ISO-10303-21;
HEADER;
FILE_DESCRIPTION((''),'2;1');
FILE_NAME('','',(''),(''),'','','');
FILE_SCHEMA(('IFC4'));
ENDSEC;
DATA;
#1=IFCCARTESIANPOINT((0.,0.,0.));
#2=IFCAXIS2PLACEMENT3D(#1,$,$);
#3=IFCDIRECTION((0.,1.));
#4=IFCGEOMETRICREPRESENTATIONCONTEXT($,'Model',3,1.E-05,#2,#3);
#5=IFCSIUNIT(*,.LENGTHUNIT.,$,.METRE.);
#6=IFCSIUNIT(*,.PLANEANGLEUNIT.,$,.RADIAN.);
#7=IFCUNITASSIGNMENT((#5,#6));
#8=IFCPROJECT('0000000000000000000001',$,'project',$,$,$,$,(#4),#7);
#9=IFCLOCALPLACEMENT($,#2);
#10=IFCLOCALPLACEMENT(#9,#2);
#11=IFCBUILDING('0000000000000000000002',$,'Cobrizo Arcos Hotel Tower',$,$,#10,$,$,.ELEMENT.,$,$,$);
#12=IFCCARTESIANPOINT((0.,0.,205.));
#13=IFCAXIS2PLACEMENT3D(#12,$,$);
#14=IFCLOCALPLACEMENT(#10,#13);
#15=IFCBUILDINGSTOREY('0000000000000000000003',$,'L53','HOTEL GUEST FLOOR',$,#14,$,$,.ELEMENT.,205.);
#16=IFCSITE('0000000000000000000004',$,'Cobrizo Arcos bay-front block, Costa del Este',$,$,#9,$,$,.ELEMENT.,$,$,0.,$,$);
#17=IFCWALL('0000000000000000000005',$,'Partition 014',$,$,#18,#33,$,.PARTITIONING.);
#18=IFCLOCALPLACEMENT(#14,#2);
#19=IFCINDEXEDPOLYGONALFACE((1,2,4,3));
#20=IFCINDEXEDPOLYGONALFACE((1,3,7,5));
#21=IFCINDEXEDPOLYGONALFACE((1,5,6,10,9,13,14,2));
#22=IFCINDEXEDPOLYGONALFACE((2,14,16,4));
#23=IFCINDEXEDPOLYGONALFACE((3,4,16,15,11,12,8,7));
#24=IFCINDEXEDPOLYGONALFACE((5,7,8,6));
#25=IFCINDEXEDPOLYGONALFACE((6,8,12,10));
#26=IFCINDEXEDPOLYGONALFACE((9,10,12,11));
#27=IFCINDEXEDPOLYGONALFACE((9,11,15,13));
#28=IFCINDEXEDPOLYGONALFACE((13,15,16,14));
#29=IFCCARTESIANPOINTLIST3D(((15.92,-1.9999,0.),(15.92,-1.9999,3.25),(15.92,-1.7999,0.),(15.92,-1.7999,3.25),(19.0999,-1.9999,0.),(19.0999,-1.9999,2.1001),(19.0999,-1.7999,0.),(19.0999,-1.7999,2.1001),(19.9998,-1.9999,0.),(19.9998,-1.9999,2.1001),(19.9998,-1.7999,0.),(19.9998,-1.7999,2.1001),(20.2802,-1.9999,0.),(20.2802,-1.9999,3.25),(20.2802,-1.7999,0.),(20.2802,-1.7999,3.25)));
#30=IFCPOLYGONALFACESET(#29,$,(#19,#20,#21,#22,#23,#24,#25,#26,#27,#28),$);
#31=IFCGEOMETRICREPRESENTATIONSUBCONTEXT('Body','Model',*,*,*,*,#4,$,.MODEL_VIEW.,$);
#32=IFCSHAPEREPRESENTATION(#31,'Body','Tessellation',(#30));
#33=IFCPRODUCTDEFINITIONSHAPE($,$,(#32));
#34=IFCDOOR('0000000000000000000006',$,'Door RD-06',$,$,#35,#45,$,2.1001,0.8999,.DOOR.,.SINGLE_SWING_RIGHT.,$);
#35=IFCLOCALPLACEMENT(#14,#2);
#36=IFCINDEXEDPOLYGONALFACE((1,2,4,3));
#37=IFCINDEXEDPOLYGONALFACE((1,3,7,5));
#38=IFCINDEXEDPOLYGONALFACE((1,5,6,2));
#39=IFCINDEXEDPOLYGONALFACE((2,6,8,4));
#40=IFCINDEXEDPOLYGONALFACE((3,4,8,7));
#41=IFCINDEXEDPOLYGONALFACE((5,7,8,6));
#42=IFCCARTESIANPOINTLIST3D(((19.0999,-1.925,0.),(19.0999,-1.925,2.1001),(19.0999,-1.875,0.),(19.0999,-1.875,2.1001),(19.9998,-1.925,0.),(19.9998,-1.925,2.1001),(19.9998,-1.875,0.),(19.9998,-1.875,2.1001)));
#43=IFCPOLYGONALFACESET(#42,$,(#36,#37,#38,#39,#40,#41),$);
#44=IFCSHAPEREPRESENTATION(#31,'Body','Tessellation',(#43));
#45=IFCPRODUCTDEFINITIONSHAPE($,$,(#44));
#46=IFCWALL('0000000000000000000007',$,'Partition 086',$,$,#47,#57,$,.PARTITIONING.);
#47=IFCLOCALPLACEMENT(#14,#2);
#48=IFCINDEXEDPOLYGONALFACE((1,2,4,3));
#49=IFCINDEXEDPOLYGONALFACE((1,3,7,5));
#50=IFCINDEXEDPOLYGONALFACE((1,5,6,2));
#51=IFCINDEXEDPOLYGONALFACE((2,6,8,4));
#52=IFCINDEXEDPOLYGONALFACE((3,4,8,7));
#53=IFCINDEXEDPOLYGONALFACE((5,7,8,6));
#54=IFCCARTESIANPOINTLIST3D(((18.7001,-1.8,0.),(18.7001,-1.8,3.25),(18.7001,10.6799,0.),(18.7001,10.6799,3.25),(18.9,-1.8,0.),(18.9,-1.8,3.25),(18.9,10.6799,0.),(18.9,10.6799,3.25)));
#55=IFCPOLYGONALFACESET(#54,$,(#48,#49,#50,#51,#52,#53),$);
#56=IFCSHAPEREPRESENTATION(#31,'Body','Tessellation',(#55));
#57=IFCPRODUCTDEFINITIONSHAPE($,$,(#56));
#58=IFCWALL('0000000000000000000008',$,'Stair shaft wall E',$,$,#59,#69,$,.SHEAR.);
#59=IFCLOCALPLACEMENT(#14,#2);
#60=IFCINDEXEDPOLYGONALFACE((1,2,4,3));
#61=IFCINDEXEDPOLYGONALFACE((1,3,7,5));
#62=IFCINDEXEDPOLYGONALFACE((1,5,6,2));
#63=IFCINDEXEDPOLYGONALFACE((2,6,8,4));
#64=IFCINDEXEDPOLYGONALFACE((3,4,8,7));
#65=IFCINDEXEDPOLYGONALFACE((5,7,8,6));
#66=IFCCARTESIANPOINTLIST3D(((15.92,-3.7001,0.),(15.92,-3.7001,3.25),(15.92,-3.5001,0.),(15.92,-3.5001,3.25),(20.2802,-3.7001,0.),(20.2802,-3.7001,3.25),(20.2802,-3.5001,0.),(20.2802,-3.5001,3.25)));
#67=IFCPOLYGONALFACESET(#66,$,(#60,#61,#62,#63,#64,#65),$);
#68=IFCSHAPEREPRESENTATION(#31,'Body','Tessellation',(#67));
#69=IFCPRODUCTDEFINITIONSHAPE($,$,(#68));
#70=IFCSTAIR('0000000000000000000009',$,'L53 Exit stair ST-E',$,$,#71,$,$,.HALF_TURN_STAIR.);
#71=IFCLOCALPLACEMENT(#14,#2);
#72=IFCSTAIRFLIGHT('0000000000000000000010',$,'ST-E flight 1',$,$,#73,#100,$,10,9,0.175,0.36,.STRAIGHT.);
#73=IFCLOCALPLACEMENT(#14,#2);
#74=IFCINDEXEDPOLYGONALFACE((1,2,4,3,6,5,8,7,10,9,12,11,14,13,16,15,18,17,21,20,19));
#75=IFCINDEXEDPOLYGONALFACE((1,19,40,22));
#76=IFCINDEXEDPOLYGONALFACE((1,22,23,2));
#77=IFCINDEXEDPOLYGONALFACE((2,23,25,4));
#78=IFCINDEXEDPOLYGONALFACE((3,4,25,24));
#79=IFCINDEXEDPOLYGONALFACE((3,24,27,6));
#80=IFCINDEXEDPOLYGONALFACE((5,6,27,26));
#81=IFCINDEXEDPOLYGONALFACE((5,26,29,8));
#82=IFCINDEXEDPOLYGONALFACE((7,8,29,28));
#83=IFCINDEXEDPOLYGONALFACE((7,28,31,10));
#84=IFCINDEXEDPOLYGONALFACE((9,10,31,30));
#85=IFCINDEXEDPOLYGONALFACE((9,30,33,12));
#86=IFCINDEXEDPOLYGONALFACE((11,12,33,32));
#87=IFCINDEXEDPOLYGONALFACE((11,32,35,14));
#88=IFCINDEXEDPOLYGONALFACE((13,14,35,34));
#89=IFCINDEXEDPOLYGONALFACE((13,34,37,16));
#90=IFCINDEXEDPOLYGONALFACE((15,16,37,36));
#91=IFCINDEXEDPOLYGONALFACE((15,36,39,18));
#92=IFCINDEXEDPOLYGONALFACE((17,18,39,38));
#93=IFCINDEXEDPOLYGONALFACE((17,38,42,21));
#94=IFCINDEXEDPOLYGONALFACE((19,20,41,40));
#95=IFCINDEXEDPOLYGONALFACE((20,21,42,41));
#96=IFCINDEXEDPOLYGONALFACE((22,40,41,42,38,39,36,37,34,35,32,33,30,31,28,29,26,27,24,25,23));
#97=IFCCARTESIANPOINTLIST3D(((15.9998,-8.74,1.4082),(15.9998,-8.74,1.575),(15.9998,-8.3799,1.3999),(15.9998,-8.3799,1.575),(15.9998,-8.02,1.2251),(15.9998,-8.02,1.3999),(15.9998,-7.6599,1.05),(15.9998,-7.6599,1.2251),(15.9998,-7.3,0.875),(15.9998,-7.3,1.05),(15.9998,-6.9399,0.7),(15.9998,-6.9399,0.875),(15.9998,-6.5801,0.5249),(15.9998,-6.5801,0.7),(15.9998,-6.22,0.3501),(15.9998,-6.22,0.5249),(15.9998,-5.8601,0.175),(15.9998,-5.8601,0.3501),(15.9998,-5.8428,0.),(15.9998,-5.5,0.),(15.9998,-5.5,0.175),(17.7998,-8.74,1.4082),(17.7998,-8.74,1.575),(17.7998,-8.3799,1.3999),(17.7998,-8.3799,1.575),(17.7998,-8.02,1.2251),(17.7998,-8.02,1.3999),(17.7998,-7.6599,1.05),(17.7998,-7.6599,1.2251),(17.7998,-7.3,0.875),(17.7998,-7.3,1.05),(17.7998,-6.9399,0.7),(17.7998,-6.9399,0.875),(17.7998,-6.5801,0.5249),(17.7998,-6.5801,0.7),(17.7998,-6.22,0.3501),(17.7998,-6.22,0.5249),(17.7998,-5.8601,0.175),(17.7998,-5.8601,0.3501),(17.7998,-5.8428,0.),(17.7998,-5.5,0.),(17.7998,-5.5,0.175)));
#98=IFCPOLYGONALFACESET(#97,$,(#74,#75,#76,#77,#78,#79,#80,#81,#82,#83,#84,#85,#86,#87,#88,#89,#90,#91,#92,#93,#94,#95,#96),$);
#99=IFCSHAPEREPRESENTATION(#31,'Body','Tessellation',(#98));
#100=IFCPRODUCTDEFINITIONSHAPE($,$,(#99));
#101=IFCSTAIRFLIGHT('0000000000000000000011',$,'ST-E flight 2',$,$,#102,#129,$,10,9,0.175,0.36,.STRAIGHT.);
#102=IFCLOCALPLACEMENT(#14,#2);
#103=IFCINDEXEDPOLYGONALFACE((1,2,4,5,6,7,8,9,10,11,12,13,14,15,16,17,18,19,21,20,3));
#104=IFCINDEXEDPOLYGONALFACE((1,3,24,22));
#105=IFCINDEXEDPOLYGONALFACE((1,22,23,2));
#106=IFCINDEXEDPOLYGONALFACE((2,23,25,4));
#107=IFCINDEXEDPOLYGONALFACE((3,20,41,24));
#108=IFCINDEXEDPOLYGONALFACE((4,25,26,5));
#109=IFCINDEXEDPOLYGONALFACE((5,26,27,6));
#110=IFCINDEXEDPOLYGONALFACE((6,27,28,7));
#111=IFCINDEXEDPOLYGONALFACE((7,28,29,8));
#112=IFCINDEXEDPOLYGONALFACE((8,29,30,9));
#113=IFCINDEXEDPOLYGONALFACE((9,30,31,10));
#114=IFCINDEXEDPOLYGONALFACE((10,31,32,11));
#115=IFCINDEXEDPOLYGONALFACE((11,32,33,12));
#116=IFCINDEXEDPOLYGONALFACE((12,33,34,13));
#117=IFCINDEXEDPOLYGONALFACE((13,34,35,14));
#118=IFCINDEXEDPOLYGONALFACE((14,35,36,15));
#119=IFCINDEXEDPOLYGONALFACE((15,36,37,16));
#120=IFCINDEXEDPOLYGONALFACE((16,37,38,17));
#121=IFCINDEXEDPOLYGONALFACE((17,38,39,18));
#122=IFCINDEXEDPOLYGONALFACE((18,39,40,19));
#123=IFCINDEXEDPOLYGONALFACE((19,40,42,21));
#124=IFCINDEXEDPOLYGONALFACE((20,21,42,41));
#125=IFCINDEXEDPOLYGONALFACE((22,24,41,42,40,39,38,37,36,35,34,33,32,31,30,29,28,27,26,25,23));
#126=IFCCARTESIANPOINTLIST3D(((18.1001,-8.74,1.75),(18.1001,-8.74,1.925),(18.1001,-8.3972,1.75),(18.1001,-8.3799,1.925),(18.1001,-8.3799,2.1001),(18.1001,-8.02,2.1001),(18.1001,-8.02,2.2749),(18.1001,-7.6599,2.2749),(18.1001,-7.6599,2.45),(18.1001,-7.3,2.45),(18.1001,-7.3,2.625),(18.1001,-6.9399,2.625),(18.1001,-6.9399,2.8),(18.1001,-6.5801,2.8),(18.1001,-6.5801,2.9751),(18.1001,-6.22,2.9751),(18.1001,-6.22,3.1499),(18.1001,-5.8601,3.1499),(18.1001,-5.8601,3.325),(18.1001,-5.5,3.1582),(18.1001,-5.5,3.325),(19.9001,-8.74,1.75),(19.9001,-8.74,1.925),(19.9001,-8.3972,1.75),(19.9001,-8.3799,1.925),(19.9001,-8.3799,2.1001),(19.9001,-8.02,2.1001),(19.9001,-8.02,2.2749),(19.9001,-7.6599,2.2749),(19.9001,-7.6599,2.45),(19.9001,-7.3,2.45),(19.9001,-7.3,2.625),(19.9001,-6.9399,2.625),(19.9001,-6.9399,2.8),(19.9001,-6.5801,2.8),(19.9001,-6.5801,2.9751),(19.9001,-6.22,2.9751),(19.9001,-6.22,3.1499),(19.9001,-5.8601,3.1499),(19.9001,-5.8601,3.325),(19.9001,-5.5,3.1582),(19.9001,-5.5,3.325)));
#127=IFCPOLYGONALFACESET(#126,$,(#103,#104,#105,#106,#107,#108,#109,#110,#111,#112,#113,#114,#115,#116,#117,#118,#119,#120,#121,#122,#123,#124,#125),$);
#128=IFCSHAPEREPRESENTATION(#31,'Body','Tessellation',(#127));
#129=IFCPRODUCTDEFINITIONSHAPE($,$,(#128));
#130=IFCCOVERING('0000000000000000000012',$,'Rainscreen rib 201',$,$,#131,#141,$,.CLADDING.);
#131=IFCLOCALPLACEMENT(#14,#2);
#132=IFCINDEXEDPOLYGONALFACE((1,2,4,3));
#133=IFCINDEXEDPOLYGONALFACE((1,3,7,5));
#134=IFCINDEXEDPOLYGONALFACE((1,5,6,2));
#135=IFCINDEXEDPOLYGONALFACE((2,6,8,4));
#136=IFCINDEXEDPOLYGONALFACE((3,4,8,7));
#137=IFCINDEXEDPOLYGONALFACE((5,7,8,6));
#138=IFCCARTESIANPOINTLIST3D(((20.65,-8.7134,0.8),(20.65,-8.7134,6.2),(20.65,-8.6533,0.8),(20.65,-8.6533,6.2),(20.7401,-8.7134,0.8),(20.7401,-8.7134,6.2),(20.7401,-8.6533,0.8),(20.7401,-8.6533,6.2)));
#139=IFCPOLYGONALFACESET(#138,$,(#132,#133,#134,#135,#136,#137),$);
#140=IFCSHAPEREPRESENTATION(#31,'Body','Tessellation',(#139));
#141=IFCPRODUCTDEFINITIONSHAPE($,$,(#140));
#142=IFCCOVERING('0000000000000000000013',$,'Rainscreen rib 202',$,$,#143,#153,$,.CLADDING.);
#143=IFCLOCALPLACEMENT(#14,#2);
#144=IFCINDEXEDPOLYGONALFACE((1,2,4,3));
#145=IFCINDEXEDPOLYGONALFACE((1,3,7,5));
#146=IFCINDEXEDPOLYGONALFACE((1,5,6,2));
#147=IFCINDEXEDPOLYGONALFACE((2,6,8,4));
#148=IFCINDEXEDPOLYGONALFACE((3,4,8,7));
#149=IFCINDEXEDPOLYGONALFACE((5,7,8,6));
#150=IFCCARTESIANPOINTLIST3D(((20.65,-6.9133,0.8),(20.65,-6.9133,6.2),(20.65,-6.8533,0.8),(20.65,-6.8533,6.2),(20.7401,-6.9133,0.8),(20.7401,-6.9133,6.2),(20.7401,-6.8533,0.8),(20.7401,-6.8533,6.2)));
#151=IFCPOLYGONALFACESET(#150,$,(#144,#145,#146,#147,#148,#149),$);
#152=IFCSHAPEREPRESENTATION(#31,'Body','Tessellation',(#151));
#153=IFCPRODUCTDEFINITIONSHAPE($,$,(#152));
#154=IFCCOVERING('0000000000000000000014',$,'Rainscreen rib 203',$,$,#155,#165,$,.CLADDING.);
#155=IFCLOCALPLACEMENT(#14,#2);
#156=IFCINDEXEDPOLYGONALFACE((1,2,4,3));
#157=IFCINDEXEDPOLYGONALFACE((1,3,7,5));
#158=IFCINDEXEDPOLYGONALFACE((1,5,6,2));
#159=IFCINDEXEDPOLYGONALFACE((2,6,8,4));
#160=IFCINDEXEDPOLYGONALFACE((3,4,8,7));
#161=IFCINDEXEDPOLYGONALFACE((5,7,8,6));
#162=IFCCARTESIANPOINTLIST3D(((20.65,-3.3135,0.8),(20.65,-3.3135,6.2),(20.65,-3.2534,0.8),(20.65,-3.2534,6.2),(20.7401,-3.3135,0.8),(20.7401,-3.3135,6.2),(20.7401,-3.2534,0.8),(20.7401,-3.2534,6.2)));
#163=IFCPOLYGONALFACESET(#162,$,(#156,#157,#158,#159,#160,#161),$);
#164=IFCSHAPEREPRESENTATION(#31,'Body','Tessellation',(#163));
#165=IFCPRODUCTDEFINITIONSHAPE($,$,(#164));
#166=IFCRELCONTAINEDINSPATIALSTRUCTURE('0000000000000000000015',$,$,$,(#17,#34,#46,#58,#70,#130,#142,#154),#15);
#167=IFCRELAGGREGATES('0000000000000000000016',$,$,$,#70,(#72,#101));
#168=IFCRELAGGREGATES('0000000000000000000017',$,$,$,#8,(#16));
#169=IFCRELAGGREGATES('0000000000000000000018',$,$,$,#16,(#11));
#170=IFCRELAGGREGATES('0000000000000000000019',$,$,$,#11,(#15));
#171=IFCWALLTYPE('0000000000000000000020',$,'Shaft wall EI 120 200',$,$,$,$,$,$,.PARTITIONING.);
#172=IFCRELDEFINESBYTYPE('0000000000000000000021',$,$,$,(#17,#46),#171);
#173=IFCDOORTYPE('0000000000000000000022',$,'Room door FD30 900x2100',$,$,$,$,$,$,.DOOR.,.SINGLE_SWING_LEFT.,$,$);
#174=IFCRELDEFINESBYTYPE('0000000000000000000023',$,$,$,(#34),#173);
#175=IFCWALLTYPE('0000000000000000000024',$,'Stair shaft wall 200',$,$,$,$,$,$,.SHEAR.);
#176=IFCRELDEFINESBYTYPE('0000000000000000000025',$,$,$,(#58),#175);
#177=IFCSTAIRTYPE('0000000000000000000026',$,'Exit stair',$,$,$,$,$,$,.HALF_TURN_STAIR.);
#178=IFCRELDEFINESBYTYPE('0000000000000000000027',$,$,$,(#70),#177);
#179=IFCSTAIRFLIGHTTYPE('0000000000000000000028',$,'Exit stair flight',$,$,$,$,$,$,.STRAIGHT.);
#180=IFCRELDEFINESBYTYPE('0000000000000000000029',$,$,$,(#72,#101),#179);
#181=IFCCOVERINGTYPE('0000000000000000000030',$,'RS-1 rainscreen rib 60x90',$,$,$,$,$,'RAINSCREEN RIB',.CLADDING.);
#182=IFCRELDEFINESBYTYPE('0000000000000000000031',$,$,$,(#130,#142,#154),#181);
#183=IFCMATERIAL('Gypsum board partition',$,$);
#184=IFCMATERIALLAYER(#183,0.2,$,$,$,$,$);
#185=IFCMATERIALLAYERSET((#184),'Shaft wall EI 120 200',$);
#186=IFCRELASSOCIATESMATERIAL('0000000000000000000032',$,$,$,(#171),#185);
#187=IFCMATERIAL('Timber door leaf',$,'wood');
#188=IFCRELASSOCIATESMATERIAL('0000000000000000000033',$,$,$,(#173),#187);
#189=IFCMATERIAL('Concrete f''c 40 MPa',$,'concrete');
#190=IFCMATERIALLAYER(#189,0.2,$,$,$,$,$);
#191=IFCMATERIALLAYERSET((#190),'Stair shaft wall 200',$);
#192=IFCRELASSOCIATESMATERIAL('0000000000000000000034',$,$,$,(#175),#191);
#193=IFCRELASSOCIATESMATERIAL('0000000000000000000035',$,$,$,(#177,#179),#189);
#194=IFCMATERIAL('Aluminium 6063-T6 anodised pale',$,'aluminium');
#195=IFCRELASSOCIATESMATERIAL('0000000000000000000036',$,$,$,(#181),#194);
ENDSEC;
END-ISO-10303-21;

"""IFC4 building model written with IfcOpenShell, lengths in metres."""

from ifc_helpers import new_model, si_unit, direction, frame, frame_2d, origin, origin_2d, place, context, subcontext, project, spatial, polyline, rectangle, outline, extrude, material, layer, layer_set, type_object, element, fill, aggregate, save


model = new_model("IFC4")

# Units and contexts
model_context = context("Model", 3, precision=1e-05, world=origin(), true_north=direction((0.0, 1.0)))
body_context = subcontext(model_context, "Body", "Model", "MODEL_VIEW")
ifc_project = project(units=[si_unit("LENGTHUNIT", "METRE"), si_unit("PLANEANGLEUNIT", "RADIAN")], contexts=[model_context])

# Site, building, storey
site_placement = place(None, origin())
site = spatial("IfcSite", under=ifc_project, at=site_placement, Name="Cobrizo Arcos bay-front block, Costa del Este", CompositionType="ELEMENT", RefElevation=0.0)
building_placement = place(site_placement, origin())
building = spatial("IfcBuilding", under=site, at=building_placement, Name="Cobrizo Arcos Hotel Tower", CompositionType="ELEMENT")
storey_placement = place(building_placement, frame((0.0, 0.0, 205.0)))
storey = spatial("IfcBuildingStorey", under=building, at=storey_placement, Name="L53", Description="HOTEL GUEST FLOOR", CompositionType="ELEMENT", Elevation=205.0)

# Wall, opening, door
ifc_material_1 = material(Name="Gypsum board partition")
ifc_layer_1 = layer(ifc_material_1, 0.2)
ifc_layer_set_1 = layer_set([ifc_layer_1], Name="Shaft wall EI 120 200")
wall_type_1 = type_object("IfcWallType", Name="Shaft wall EI 120 200", PredefinedType="PARTITIONING", material=ifc_layer_set_1)
wall_1_placement = place(storey_placement, frame((15.9199, -1.8999, 0.0), z_axis=(0.0, 0.0, 1.0), x_axis=(1.0, 0.0, 0.0)))
wall_1 = element("IfcWall", 1, at=wall_1_placement, inside=storey, type_object=wall_type_1, Name="Partition 014", PredefinedType="PARTITIONING", context=body_context, shape_type="SweptSolid", body=[
    extrude(rectangle(XDim=4.3601, YDim=0.2, at=frame_2d((2.1802, 0.0))), origin(), (0.0, 0.0, 1.0), 3.25),
])
opening_placement = place(wall_1_placement, frame((3.1799, 0.0, 0.0)))
opening = element("IfcOpeningElement", 2, at=opening_placement, cuts=wall_1, PredefinedType="OPENING", context=body_context, shape_type="SweptSolid", body=[
    extrude(rectangle(XDim=0.8999, YDim=2.1001, at=frame_2d((0.45, 1.05))), frame((0.0, 0.1121, 0.0), z_axis=(0.0, -1.0, 0.0), x_axis=(1.0, 0.0, 0.0)), (0.0, 0.0, 1.0), 0.2239),
])
ifc_material_2 = material(Name="Timber door leaf", Category="wood")
door_type = type_object("IfcDoorType", Name="Room door FD30 900x2100", OperationType="SINGLE_SWING_LEFT", PredefinedType="DOOR", material=ifc_material_2)
door_placement = place(opening_placement, origin())
door = element("IfcDoor", 3, at=door_placement, inside=storey, type_object=door_type, Name="Door RD-06", OperationType="SINGLE_SWING_RIGHT", OverallHeight=2.1001, OverallWidth=0.8999, PredefinedType="DOOR", context=body_context, shape_type="SweptSolid", body=[
    extrude(rectangle(XDim=0.8999, YDim=2.1001, at=frame_2d((0.45, 1.05))), frame((0.0, 0.0249, 0.0), z_axis=(0.0, -1.0, 0.0), x_axis=(1.0, 0.0, 0.0)), (0.0, 0.0, 1.0), 0.05),
])
fill(opening, door)

# Walls
wall_2_placement = place(storey_placement, frame((18.8, -1.8, 0.0), z_axis=(0.0, 0.0, 1.0), x_axis=(0.0, 1.0, 0.0)))
element("IfcWall", 4, at=wall_2_placement, inside=storey, type_object=wall_type_1, Name="Partition 086", PredefinedType="PARTITIONING", context=body_context, shape_type="SweptSolid", body=[
    extrude(rectangle(XDim=12.48, YDim=0.2, at=frame_2d((6.24, 0.0))), origin(), (0.0, 0.0, 1.0), 3.25),
])
ifc_material_3 = material(Name="Concrete f'c 40 MPa", Category="concrete")
ifc_layer_2 = layer(ifc_material_3, 0.2)
ifc_layer_set_2 = layer_set([ifc_layer_2], Name="Stair shaft wall 200")
wall_type_2 = type_object("IfcWallType", Name="Stair shaft wall 200", PredefinedType="SHEAR", material=ifc_layer_set_2)
wall_3_placement = place(storey_placement, frame((15.9199, -3.6001, 0.0), z_axis=(0.0, 0.0, 1.0), x_axis=(1.0, 0.0, 0.0)))
element("IfcWall", 5, at=wall_3_placement, inside=storey, type_object=wall_type_2, Name="Stair shaft wall E", PredefinedType="SHEAR", context=body_context, shape_type="SweptSolid", body=[
    extrude(rectangle(XDim=4.3601, YDim=0.2, at=frame_2d((2.1802, 0.0))), origin(), (0.0, 0.0, 1.0), 3.25),
])

# Stair, stair flights
stair_type = type_object("IfcStairType", Name="Exit stair", PredefinedType="HALF_TURN_STAIR", material=ifc_material_3)
stair_placement = place(storey_placement, origin())
stair = element("IfcStair", 6, at=stair_placement, inside=storey, type_object=stair_type, Name="L53 Exit stair ST-E", PredefinedType="HALF_TURN_STAIR")
stair_flight_type = type_object("IfcStairFlightType", Name="Exit stair flight", PredefinedType="STRAIGHT", material=ifc_material_3)
stair_flight_1_placement = place(storey_placement, frame((16.8999, -5.5, 0.0), z_axis=(0.0, 0.0, 1.0), x_axis=(0.0, -1.0, 0.0)))
stair_flight_1 = element("IfcStairFlight", 7, at=stair_flight_1_placement, type_object=stair_flight_type, Name="ST-E flight 1", NumberOfRisers=10, NumberOfTreads=9, PredefinedType="STRAIGHT", RiserHeight=0.175, TreadLength=0.36, context=body_context, shape_type="SweptSolid", body=[
    extrude(outline(polyline([(0.0, 0.0), (0.0, 0.175), (0.3601, 0.175), (0.3601, 0.3501), (0.72, 0.3501), (0.72, 0.5249), (1.0801, 0.5249), (1.0801, 0.7), (1.4399, 0.7), (1.4399, 0.875), (1.8, 0.875), (1.8, 1.05), (2.1599, 1.05), (2.1599, 1.2251), (2.52, 1.2251), (2.52, 1.3999), (2.8799, 1.3999), (2.8799, 1.575), (3.24, 1.575), (3.24, 1.75), (3.24, 1.4082), (0.3428, 0.0), (0.0, 0.0)])), frame((0.0, 0.8999, 0.0), z_axis=(0.0, -1.0, 0.0), x_axis=(1.0, 0.0, 0.0)), (0.0, 0.0, 1.0), 1.8),
])
stair_flight_2_placement = place(storey_placement, frame((19.0, -8.74, 1.75), z_axis=(0.0, 0.0, 1.0), x_axis=(0.0, 1.0, 0.0)))
stair_flight_2 = element("IfcStairFlight", 8, at=stair_flight_2_placement, type_object=stair_flight_type, Name="ST-E flight 2", NumberOfRisers=10, NumberOfTreads=9, PredefinedType="STRAIGHT", RiserHeight=0.175, TreadLength=0.36, context=body_context, shape_type="SweptSolid", body=[
    extrude(outline(polyline([(0.0, 0.0), (0.0, 0.175), (0.3601, 0.175), (0.3601, 0.3501), (0.72, 0.3501), (0.72, 0.5249), (1.0801, 0.5249), (1.0801, 0.7), (1.4399, 0.7), (1.4399, 0.875), (1.8, 0.875), (1.8, 1.05), (2.1599, 1.05), (2.1599, 1.2251), (2.52, 1.2251), (2.52, 1.3999), (2.8799, 1.3999), (2.8799, 1.575), (3.24, 1.575), (3.24, 1.75), (3.24, 1.4082), (0.3428, 0.0), (0.0, 0.0)])), frame((0.0, 0.8999, 0.0), z_axis=(0.0, -1.0, 0.0), x_axis=(1.0, 0.0, 0.0)), (0.0, 0.0, 1.0), 1.8),
])
aggregate(stair, [stair_flight_1, stair_flight_2])

# Coverings
ifc_material_4 = material(Name="Aluminium 6063-T6 anodised pale", Category="aluminium")
covering_type = type_object("IfcCoveringType", Name="RS-1 rainscreen rib 60x90", ElementType="RAINSCREEN RIB", PredefinedType="CLADDING", material=ifc_material_4)
for number, where, z_axis, x_axis, name in (
    (9, (20.6951, -8.6833, 0.8), (0.0, 0.0, 1.0), (0.0, 1.0, 0.0), "Rainscreen rib 201"),
    (10, (20.6951, -6.8833, 0.8), (0.0, 0.0, 1.0), (0.0, 1.0, 0.0), "Rainscreen rib 202"),
    (11, (20.6951, -3.2834, 0.8), (0.0, 0.0, 1.0), (0.0, 1.0, 0.0), "Rainscreen rib 203"),
):
    element("IfcCovering", number, at=place(storey_placement, frame(where, z_axis=z_axis, x_axis=x_axis)), inside=storey, type_object=covering_type, Name=name, PredefinedType="CLADDING", context=body_context, shape_type="SweptSolid", body=[
        extrude(rectangle(XDim=0.0601, YDim=0.0901, at=origin_2d()), origin(), (0.0, 0.0, 1.0), 5.3999),
    ])

save(model, "model.ifc")
